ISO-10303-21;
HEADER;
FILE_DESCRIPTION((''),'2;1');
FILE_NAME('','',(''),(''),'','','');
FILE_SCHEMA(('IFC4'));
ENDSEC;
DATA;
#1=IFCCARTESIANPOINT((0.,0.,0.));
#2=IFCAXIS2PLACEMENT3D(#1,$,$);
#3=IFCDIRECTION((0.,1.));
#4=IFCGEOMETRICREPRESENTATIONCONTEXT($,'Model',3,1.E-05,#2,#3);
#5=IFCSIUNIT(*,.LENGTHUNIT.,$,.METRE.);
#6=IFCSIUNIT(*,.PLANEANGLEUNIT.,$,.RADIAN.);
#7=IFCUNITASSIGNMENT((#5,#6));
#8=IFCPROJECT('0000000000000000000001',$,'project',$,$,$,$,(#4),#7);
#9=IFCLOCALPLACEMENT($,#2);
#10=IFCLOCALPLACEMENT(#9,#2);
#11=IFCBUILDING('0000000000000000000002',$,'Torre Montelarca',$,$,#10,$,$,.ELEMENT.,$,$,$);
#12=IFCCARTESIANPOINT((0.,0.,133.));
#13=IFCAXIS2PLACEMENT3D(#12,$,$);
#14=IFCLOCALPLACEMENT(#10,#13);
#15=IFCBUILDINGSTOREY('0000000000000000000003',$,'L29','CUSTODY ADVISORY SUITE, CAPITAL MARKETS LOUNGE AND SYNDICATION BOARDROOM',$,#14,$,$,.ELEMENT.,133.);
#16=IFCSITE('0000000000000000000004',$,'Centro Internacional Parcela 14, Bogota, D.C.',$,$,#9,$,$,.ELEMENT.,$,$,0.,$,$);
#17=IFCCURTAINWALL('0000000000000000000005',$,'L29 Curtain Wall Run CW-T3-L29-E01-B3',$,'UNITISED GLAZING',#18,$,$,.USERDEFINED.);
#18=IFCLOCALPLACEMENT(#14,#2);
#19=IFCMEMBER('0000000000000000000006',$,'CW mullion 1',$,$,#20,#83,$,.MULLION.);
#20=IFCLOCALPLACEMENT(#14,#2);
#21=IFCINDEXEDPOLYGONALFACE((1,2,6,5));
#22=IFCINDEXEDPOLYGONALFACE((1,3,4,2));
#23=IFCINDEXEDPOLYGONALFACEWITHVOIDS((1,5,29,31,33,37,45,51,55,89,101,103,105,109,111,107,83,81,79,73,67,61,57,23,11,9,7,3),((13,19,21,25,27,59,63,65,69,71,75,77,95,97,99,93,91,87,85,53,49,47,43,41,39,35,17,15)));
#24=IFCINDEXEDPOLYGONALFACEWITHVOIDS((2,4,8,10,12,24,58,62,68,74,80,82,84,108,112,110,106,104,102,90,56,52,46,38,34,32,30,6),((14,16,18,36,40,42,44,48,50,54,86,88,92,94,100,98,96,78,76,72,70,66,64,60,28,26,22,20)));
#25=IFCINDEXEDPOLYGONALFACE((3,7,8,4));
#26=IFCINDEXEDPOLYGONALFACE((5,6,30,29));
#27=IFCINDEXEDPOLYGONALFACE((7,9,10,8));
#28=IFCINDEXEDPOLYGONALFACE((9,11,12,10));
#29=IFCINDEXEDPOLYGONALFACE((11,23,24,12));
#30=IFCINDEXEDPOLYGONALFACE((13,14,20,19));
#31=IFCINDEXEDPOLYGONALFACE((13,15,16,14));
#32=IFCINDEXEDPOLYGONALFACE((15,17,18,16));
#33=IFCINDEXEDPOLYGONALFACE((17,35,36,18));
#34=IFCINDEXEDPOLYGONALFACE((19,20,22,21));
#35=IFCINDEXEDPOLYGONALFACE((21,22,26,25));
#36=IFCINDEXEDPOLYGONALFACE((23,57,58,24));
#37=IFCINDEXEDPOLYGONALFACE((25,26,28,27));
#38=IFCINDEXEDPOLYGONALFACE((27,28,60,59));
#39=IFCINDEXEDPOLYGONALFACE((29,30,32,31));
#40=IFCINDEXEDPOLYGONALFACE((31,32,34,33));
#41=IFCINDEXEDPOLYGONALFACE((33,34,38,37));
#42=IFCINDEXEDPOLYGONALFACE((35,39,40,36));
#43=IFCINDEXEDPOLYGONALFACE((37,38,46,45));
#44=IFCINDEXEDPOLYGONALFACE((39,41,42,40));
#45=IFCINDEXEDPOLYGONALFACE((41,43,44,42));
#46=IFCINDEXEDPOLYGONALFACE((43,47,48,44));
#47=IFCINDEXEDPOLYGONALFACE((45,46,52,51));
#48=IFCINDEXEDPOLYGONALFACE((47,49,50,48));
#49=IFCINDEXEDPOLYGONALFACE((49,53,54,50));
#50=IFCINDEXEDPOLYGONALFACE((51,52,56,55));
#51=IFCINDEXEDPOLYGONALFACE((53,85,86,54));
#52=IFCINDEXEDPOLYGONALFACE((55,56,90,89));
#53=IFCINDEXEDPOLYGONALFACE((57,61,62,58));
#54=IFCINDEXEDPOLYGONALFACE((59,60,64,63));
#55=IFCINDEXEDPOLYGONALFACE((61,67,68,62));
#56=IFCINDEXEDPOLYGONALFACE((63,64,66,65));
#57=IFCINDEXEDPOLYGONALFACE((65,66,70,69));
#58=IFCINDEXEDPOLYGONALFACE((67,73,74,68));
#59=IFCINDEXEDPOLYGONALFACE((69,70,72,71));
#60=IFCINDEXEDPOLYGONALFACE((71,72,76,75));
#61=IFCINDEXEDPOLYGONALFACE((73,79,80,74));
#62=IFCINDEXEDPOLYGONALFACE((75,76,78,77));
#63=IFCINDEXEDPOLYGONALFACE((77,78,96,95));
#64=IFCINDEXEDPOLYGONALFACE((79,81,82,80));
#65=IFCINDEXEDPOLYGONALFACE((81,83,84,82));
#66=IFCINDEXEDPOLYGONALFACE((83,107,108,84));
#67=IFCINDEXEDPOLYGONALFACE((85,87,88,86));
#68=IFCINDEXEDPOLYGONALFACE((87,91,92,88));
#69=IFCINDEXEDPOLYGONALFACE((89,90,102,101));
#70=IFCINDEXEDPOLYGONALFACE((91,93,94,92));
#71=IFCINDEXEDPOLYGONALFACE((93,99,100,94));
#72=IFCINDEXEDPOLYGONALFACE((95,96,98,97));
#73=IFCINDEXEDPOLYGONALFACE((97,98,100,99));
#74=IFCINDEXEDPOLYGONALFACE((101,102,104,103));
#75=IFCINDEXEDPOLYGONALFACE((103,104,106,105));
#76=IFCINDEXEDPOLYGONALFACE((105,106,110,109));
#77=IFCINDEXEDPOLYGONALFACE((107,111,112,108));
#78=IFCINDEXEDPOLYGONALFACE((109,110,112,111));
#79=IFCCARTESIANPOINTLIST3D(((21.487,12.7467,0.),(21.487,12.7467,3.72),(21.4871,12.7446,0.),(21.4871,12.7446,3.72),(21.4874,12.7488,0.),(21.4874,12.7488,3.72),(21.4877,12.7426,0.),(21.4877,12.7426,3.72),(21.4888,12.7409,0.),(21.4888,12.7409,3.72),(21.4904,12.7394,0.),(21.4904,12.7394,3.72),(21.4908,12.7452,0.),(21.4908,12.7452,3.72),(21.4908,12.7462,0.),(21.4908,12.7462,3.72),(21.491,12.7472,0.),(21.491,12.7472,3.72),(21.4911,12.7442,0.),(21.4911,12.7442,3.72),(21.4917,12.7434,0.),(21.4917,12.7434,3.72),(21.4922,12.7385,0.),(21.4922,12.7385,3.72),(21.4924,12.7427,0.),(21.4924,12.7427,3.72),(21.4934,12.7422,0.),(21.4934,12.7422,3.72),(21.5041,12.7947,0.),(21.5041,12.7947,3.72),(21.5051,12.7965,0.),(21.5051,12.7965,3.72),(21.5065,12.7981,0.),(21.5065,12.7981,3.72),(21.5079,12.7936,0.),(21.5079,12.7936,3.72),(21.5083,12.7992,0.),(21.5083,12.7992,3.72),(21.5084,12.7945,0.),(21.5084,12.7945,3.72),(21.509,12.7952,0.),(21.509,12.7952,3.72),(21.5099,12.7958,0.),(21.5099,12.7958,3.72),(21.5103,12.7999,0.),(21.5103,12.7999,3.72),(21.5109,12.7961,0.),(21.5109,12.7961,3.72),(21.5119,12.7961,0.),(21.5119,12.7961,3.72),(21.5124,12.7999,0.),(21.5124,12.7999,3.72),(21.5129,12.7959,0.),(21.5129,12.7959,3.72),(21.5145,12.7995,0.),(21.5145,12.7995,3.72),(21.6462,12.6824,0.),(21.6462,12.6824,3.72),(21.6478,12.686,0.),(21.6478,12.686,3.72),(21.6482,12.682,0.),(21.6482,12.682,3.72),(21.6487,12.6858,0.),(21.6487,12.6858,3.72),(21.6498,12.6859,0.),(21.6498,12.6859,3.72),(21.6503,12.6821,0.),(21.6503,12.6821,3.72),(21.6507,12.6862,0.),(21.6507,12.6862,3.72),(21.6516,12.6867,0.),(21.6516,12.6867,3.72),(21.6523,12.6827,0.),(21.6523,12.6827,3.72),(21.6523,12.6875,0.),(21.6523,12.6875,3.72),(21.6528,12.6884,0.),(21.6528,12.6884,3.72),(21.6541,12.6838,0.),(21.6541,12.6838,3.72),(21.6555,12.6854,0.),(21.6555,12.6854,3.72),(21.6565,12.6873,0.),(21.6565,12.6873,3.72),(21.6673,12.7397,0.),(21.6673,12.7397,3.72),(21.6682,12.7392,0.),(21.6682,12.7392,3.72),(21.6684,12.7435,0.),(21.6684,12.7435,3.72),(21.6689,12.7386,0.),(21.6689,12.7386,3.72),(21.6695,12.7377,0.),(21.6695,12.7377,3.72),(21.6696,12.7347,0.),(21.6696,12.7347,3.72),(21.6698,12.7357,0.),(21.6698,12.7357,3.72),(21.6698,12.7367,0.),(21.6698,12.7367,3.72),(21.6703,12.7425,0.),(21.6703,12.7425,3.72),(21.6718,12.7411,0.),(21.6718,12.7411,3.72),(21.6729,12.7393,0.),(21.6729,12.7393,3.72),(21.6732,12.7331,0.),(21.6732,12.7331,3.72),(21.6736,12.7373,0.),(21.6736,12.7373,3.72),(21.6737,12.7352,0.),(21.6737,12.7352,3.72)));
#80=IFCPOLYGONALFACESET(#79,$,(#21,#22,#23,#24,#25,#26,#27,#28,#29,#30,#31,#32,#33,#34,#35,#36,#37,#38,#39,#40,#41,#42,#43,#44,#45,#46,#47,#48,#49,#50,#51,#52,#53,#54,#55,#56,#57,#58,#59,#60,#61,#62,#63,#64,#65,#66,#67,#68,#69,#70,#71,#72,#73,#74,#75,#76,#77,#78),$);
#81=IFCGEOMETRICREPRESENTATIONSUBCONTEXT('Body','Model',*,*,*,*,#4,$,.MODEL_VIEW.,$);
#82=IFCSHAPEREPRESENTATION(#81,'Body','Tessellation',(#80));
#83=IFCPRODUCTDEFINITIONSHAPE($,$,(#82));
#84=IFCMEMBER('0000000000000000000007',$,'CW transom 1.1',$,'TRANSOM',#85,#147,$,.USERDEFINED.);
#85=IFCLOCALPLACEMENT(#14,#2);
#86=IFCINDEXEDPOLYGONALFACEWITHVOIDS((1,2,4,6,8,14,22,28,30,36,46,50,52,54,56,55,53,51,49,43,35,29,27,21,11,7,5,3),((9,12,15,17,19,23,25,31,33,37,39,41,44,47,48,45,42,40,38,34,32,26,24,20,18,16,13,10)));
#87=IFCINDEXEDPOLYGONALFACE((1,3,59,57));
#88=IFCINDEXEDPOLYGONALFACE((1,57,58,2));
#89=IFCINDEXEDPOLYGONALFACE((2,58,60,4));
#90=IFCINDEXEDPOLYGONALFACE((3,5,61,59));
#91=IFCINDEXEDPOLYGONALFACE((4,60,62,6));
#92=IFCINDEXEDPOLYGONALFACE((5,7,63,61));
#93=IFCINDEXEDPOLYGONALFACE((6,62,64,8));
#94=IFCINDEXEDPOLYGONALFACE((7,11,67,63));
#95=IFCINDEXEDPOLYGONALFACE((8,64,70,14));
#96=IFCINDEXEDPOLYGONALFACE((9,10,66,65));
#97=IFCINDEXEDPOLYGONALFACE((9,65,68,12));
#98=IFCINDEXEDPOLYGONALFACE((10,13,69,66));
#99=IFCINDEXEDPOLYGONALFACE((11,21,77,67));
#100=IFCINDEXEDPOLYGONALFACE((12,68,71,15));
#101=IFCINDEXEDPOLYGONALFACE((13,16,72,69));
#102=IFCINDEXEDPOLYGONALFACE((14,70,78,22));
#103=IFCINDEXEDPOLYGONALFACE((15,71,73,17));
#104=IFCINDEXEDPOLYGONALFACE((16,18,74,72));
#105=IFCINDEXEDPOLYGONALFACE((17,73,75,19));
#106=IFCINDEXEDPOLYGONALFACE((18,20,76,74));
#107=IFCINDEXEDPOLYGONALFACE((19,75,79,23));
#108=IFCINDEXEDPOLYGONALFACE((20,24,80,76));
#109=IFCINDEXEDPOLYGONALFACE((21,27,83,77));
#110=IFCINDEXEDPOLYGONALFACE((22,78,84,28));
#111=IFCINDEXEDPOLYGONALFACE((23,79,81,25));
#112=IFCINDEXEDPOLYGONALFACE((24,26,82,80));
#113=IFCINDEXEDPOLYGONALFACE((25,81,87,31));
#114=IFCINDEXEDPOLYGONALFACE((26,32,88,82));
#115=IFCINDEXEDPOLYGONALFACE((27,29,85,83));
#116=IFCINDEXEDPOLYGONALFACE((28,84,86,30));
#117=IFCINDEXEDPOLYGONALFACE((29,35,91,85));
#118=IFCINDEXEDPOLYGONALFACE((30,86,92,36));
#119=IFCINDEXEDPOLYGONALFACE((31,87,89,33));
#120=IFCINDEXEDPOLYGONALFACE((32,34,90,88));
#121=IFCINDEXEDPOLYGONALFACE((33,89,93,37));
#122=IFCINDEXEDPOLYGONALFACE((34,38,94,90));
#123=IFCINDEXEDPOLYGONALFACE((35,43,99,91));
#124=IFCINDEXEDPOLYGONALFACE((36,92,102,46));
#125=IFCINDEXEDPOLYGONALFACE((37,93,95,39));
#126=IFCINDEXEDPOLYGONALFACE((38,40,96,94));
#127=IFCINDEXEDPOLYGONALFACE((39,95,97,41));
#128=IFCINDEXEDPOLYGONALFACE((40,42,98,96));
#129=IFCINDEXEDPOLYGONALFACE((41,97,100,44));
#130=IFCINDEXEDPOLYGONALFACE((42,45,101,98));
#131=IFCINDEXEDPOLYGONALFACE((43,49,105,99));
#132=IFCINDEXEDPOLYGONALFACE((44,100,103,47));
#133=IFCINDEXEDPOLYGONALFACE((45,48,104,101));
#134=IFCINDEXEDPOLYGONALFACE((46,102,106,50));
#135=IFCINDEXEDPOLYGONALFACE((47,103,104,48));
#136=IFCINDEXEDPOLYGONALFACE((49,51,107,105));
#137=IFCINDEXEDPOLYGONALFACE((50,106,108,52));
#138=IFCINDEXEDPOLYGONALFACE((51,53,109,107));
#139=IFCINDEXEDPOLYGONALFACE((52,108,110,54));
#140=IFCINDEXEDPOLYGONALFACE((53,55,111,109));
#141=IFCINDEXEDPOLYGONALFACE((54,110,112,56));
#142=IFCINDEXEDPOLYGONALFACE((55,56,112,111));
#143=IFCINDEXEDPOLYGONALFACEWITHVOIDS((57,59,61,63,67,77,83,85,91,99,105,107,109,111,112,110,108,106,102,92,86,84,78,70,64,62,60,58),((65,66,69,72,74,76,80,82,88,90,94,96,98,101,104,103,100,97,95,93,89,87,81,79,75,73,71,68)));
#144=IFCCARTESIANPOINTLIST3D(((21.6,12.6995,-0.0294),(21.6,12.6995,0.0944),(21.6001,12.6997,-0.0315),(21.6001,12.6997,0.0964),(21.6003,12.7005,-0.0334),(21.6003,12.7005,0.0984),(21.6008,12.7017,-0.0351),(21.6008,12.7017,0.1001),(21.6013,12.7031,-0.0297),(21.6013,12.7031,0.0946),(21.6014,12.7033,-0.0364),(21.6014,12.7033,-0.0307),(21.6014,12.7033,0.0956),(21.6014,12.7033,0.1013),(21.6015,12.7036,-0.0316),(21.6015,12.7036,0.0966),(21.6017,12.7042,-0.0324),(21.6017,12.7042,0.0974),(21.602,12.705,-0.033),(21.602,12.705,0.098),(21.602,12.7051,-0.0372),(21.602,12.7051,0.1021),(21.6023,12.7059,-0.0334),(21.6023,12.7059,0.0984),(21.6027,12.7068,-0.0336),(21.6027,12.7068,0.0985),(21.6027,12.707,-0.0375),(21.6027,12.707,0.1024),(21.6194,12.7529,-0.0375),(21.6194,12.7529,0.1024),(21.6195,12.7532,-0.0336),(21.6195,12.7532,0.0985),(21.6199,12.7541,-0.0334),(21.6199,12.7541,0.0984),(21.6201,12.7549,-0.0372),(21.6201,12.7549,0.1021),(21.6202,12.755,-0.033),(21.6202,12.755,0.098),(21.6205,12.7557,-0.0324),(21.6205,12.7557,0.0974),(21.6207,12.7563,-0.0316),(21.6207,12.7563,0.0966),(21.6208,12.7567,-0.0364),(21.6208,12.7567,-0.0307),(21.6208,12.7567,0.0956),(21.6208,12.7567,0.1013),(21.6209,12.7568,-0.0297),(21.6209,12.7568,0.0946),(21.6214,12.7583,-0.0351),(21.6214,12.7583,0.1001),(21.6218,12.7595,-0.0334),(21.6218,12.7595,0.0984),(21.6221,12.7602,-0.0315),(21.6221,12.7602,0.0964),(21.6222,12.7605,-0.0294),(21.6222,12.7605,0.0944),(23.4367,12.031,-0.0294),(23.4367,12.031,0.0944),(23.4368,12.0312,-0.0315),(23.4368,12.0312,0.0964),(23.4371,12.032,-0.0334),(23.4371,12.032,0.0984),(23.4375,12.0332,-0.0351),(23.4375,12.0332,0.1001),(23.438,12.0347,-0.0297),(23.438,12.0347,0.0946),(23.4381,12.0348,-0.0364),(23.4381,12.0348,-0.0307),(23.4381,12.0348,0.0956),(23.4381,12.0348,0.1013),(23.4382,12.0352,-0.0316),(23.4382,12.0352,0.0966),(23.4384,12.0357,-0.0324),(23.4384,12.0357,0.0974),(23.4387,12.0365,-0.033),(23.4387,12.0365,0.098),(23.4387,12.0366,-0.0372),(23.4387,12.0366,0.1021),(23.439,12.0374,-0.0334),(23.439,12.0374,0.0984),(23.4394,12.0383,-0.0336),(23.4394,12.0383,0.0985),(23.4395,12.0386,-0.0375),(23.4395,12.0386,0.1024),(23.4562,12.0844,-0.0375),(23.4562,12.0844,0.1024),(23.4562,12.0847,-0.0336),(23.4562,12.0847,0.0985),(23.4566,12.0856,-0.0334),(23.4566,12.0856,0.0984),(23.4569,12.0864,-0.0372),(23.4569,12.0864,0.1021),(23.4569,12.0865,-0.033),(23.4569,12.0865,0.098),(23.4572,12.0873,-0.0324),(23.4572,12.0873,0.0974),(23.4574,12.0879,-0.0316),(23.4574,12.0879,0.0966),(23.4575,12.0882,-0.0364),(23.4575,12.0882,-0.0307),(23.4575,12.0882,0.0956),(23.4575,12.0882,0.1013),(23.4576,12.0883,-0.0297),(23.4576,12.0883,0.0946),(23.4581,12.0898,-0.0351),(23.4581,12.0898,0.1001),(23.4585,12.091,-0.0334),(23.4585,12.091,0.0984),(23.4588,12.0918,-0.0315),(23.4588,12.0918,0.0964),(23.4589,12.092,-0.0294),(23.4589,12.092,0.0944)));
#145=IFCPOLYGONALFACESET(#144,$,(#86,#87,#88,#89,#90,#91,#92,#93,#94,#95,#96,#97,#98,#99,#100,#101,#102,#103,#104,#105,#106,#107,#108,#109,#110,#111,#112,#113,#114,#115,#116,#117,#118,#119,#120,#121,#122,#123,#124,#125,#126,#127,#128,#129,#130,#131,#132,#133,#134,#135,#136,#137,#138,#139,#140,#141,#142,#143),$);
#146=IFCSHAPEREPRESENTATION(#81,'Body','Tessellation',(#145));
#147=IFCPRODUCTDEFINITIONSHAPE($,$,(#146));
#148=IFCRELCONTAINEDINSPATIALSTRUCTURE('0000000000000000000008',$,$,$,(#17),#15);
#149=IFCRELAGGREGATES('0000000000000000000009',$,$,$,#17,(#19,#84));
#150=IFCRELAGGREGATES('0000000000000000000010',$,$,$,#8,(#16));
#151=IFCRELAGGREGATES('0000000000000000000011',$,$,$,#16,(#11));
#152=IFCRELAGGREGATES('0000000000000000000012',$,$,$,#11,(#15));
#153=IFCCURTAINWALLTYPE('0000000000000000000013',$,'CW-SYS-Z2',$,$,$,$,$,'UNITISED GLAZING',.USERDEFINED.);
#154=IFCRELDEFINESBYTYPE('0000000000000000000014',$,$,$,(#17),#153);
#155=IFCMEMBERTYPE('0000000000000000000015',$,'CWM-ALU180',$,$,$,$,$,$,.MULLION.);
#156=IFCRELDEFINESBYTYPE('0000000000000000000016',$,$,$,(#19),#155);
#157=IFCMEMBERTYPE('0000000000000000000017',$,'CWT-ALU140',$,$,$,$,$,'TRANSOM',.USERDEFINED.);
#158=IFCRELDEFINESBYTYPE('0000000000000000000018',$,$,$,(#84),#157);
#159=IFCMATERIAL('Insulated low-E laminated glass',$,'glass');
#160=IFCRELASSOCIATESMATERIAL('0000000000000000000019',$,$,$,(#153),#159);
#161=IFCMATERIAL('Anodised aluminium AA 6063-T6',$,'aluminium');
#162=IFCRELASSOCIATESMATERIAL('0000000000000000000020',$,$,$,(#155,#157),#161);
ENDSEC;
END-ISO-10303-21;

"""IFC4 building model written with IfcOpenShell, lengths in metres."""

from ifc_helpers import new_model, si_unit, direction, frame, origin, origin_2d, place, context, subcontext, project, spatial, hollow_rectangle, extrude, source, transform, mapped, material, material_profile, profile_set, type_object, element, aggregate, save


model = new_model("IFC4")

# Units and contexts
model_context = context("Model", 3, precision=1e-05, world=origin(), true_north=direction((0.0, 1.0)))
body_context = subcontext(model_context, "Body", "Model", "MODEL_VIEW")
ifc_project = project(units=[si_unit("LENGTHUNIT", "METRE"), si_unit("PLANEANGLEUNIT", "RADIAN")], contexts=[model_context])

# Site, building, storey
site_placement = place(None, origin())
site = spatial("IfcSite", under=ifc_project, at=site_placement, Name="Centro Internacional Parcela 14, Bogota, D.C.", CompositionType="ELEMENT", RefElevation=0.0)
building_placement = place(site_placement, origin())
building = spatial("IfcBuilding", under=site, at=building_placement, Name="Torre Montelarca", CompositionType="ELEMENT")
storey_placement = place(building_placement, frame((0.0, 0.0, 133.0)))
storey = spatial("IfcBuildingStorey", under=building, at=storey_placement, Name="L29", Description="CUSTODY ADVISORY SUITE, CAPITAL MARKETS LOUNGE AND SYNDICATION BOARDROOM", CompositionType="ELEMENT", Elevation=133.0)

# Curtain wall, members
ifc_material_1 = material(Name="Insulated low-E laminated glass", Category="glass")
curtain_wall_type = type_object("IfcCurtainWallType", Name="CW-SYS-Z2", ElementType="UNITISED GLAZING", PredefinedType="USERDEFINED", material=ifc_material_1)
ifc_material_2 = material(Name="Anodised aluminium AA 6063-T6", Category="aluminium")
ifc_material_profile_1 = material_profile(ifc_material_2, hollow_rectangle(XDim=0.0649, YDim=0.1799, WallThickness=0.0039, InnerFilletRadius=0.0039, OuterFilletRadius=0.0081, at=origin_2d()), Name="ALU65X180X4", Category="aluminium")
ifc_profile_set_1 = profile_set([ifc_material_profile_1], Name="Anodised aluminium AA 6063-T6")
member_type_1 = type_object("IfcMemberType", Name="CWM-ALU180", PredefinedType="MULLION", material=ifc_profile_set_1)
shared_shape_1 = source(origin(), body_context, "Body", "SweptSolid", [
    extrude(hollow_rectangle(XDim=0.0649, YDim=0.1799, WallThickness=0.0039, InnerFilletRadius=0.0039, OuterFilletRadius=0.0081, at=origin_2d()), origin(), (0.0, 0.0, 1.0), 3.72),
])
curtain_wall_1_placement = place(storey_placement, origin())
curtain_wall_1 = element("IfcCurtainWall", 1, at=curtain_wall_1_placement, inside=storey, type_object=curtain_wall_type, Name="L29 Curtain Wall Run CW-T3-L29-E01-B3", ObjectType="UNITISED GLAZING", PredefinedType="USERDEFINED")
member_1_placement = place(storey_placement, frame((21.5803, 12.741, 0.0), z_axis=(0.0, 0.0, 1.0), x_axis=(0.342023, 0.939692, 0.0)))
member_1 = element("IfcMember", 2, at=member_1_placement, type_object=member_type_1, Name="CW mullion 1", PredefinedType="MULLION", context=body_context, shape_type="MappedRepresentation", body=[
    mapped(shared_shape_1, transform((0.0, 0.0, 0.0), scale=1.0)),
])
ifc_material_profile_2 = material_profile(ifc_material_2, hollow_rectangle(XDim=0.0649, YDim=0.1399, WallThickness=0.0039, InnerFilletRadius=0.0039, OuterFilletRadius=0.0081, at=origin_2d()), Name="ALU65X140X4", Category="aluminium")
ifc_profile_set_2 = profile_set([ifc_material_profile_2], Name="Anodised aluminium AA 6063-T6")
member_type_2 = type_object("IfcMemberType", Name="CWT-ALU140", ElementType="TRANSOM", PredefinedType="USERDEFINED", material=ifc_profile_set_2)
shared_shape_2 = source(origin(), body_context, "Body", "SweptSolid", [
    extrude(hollow_rectangle(XDim=0.0649, YDim=0.1399, WallThickness=0.0039, InnerFilletRadius=0.0039, OuterFilletRadius=0.0081, at=origin_2d()), origin(), (0.0, 0.0, 1.0), 1.9546),
])
member_2_placement = place(storey_placement, frame((21.6111, 12.73, 0.0325), z_axis=(0.939699, -0.342004, 0.0), x_axis=(0.342004, 0.939699, 0.0)))
member_2 = element("IfcMember", 3, at=member_2_placement, type_object=member_type_2, Name="CW transom 1.1", ObjectType="TRANSOM", PredefinedType="USERDEFINED", context=body_context, shape_type="MappedRepresentation", body=[
    mapped(shared_shape_2, transform((0.0, 0.0, 0.0), scale=1.0)),
])

aggregate(curtain_wall_1, [member_1, member_2])

save(model, "model.ifc")
